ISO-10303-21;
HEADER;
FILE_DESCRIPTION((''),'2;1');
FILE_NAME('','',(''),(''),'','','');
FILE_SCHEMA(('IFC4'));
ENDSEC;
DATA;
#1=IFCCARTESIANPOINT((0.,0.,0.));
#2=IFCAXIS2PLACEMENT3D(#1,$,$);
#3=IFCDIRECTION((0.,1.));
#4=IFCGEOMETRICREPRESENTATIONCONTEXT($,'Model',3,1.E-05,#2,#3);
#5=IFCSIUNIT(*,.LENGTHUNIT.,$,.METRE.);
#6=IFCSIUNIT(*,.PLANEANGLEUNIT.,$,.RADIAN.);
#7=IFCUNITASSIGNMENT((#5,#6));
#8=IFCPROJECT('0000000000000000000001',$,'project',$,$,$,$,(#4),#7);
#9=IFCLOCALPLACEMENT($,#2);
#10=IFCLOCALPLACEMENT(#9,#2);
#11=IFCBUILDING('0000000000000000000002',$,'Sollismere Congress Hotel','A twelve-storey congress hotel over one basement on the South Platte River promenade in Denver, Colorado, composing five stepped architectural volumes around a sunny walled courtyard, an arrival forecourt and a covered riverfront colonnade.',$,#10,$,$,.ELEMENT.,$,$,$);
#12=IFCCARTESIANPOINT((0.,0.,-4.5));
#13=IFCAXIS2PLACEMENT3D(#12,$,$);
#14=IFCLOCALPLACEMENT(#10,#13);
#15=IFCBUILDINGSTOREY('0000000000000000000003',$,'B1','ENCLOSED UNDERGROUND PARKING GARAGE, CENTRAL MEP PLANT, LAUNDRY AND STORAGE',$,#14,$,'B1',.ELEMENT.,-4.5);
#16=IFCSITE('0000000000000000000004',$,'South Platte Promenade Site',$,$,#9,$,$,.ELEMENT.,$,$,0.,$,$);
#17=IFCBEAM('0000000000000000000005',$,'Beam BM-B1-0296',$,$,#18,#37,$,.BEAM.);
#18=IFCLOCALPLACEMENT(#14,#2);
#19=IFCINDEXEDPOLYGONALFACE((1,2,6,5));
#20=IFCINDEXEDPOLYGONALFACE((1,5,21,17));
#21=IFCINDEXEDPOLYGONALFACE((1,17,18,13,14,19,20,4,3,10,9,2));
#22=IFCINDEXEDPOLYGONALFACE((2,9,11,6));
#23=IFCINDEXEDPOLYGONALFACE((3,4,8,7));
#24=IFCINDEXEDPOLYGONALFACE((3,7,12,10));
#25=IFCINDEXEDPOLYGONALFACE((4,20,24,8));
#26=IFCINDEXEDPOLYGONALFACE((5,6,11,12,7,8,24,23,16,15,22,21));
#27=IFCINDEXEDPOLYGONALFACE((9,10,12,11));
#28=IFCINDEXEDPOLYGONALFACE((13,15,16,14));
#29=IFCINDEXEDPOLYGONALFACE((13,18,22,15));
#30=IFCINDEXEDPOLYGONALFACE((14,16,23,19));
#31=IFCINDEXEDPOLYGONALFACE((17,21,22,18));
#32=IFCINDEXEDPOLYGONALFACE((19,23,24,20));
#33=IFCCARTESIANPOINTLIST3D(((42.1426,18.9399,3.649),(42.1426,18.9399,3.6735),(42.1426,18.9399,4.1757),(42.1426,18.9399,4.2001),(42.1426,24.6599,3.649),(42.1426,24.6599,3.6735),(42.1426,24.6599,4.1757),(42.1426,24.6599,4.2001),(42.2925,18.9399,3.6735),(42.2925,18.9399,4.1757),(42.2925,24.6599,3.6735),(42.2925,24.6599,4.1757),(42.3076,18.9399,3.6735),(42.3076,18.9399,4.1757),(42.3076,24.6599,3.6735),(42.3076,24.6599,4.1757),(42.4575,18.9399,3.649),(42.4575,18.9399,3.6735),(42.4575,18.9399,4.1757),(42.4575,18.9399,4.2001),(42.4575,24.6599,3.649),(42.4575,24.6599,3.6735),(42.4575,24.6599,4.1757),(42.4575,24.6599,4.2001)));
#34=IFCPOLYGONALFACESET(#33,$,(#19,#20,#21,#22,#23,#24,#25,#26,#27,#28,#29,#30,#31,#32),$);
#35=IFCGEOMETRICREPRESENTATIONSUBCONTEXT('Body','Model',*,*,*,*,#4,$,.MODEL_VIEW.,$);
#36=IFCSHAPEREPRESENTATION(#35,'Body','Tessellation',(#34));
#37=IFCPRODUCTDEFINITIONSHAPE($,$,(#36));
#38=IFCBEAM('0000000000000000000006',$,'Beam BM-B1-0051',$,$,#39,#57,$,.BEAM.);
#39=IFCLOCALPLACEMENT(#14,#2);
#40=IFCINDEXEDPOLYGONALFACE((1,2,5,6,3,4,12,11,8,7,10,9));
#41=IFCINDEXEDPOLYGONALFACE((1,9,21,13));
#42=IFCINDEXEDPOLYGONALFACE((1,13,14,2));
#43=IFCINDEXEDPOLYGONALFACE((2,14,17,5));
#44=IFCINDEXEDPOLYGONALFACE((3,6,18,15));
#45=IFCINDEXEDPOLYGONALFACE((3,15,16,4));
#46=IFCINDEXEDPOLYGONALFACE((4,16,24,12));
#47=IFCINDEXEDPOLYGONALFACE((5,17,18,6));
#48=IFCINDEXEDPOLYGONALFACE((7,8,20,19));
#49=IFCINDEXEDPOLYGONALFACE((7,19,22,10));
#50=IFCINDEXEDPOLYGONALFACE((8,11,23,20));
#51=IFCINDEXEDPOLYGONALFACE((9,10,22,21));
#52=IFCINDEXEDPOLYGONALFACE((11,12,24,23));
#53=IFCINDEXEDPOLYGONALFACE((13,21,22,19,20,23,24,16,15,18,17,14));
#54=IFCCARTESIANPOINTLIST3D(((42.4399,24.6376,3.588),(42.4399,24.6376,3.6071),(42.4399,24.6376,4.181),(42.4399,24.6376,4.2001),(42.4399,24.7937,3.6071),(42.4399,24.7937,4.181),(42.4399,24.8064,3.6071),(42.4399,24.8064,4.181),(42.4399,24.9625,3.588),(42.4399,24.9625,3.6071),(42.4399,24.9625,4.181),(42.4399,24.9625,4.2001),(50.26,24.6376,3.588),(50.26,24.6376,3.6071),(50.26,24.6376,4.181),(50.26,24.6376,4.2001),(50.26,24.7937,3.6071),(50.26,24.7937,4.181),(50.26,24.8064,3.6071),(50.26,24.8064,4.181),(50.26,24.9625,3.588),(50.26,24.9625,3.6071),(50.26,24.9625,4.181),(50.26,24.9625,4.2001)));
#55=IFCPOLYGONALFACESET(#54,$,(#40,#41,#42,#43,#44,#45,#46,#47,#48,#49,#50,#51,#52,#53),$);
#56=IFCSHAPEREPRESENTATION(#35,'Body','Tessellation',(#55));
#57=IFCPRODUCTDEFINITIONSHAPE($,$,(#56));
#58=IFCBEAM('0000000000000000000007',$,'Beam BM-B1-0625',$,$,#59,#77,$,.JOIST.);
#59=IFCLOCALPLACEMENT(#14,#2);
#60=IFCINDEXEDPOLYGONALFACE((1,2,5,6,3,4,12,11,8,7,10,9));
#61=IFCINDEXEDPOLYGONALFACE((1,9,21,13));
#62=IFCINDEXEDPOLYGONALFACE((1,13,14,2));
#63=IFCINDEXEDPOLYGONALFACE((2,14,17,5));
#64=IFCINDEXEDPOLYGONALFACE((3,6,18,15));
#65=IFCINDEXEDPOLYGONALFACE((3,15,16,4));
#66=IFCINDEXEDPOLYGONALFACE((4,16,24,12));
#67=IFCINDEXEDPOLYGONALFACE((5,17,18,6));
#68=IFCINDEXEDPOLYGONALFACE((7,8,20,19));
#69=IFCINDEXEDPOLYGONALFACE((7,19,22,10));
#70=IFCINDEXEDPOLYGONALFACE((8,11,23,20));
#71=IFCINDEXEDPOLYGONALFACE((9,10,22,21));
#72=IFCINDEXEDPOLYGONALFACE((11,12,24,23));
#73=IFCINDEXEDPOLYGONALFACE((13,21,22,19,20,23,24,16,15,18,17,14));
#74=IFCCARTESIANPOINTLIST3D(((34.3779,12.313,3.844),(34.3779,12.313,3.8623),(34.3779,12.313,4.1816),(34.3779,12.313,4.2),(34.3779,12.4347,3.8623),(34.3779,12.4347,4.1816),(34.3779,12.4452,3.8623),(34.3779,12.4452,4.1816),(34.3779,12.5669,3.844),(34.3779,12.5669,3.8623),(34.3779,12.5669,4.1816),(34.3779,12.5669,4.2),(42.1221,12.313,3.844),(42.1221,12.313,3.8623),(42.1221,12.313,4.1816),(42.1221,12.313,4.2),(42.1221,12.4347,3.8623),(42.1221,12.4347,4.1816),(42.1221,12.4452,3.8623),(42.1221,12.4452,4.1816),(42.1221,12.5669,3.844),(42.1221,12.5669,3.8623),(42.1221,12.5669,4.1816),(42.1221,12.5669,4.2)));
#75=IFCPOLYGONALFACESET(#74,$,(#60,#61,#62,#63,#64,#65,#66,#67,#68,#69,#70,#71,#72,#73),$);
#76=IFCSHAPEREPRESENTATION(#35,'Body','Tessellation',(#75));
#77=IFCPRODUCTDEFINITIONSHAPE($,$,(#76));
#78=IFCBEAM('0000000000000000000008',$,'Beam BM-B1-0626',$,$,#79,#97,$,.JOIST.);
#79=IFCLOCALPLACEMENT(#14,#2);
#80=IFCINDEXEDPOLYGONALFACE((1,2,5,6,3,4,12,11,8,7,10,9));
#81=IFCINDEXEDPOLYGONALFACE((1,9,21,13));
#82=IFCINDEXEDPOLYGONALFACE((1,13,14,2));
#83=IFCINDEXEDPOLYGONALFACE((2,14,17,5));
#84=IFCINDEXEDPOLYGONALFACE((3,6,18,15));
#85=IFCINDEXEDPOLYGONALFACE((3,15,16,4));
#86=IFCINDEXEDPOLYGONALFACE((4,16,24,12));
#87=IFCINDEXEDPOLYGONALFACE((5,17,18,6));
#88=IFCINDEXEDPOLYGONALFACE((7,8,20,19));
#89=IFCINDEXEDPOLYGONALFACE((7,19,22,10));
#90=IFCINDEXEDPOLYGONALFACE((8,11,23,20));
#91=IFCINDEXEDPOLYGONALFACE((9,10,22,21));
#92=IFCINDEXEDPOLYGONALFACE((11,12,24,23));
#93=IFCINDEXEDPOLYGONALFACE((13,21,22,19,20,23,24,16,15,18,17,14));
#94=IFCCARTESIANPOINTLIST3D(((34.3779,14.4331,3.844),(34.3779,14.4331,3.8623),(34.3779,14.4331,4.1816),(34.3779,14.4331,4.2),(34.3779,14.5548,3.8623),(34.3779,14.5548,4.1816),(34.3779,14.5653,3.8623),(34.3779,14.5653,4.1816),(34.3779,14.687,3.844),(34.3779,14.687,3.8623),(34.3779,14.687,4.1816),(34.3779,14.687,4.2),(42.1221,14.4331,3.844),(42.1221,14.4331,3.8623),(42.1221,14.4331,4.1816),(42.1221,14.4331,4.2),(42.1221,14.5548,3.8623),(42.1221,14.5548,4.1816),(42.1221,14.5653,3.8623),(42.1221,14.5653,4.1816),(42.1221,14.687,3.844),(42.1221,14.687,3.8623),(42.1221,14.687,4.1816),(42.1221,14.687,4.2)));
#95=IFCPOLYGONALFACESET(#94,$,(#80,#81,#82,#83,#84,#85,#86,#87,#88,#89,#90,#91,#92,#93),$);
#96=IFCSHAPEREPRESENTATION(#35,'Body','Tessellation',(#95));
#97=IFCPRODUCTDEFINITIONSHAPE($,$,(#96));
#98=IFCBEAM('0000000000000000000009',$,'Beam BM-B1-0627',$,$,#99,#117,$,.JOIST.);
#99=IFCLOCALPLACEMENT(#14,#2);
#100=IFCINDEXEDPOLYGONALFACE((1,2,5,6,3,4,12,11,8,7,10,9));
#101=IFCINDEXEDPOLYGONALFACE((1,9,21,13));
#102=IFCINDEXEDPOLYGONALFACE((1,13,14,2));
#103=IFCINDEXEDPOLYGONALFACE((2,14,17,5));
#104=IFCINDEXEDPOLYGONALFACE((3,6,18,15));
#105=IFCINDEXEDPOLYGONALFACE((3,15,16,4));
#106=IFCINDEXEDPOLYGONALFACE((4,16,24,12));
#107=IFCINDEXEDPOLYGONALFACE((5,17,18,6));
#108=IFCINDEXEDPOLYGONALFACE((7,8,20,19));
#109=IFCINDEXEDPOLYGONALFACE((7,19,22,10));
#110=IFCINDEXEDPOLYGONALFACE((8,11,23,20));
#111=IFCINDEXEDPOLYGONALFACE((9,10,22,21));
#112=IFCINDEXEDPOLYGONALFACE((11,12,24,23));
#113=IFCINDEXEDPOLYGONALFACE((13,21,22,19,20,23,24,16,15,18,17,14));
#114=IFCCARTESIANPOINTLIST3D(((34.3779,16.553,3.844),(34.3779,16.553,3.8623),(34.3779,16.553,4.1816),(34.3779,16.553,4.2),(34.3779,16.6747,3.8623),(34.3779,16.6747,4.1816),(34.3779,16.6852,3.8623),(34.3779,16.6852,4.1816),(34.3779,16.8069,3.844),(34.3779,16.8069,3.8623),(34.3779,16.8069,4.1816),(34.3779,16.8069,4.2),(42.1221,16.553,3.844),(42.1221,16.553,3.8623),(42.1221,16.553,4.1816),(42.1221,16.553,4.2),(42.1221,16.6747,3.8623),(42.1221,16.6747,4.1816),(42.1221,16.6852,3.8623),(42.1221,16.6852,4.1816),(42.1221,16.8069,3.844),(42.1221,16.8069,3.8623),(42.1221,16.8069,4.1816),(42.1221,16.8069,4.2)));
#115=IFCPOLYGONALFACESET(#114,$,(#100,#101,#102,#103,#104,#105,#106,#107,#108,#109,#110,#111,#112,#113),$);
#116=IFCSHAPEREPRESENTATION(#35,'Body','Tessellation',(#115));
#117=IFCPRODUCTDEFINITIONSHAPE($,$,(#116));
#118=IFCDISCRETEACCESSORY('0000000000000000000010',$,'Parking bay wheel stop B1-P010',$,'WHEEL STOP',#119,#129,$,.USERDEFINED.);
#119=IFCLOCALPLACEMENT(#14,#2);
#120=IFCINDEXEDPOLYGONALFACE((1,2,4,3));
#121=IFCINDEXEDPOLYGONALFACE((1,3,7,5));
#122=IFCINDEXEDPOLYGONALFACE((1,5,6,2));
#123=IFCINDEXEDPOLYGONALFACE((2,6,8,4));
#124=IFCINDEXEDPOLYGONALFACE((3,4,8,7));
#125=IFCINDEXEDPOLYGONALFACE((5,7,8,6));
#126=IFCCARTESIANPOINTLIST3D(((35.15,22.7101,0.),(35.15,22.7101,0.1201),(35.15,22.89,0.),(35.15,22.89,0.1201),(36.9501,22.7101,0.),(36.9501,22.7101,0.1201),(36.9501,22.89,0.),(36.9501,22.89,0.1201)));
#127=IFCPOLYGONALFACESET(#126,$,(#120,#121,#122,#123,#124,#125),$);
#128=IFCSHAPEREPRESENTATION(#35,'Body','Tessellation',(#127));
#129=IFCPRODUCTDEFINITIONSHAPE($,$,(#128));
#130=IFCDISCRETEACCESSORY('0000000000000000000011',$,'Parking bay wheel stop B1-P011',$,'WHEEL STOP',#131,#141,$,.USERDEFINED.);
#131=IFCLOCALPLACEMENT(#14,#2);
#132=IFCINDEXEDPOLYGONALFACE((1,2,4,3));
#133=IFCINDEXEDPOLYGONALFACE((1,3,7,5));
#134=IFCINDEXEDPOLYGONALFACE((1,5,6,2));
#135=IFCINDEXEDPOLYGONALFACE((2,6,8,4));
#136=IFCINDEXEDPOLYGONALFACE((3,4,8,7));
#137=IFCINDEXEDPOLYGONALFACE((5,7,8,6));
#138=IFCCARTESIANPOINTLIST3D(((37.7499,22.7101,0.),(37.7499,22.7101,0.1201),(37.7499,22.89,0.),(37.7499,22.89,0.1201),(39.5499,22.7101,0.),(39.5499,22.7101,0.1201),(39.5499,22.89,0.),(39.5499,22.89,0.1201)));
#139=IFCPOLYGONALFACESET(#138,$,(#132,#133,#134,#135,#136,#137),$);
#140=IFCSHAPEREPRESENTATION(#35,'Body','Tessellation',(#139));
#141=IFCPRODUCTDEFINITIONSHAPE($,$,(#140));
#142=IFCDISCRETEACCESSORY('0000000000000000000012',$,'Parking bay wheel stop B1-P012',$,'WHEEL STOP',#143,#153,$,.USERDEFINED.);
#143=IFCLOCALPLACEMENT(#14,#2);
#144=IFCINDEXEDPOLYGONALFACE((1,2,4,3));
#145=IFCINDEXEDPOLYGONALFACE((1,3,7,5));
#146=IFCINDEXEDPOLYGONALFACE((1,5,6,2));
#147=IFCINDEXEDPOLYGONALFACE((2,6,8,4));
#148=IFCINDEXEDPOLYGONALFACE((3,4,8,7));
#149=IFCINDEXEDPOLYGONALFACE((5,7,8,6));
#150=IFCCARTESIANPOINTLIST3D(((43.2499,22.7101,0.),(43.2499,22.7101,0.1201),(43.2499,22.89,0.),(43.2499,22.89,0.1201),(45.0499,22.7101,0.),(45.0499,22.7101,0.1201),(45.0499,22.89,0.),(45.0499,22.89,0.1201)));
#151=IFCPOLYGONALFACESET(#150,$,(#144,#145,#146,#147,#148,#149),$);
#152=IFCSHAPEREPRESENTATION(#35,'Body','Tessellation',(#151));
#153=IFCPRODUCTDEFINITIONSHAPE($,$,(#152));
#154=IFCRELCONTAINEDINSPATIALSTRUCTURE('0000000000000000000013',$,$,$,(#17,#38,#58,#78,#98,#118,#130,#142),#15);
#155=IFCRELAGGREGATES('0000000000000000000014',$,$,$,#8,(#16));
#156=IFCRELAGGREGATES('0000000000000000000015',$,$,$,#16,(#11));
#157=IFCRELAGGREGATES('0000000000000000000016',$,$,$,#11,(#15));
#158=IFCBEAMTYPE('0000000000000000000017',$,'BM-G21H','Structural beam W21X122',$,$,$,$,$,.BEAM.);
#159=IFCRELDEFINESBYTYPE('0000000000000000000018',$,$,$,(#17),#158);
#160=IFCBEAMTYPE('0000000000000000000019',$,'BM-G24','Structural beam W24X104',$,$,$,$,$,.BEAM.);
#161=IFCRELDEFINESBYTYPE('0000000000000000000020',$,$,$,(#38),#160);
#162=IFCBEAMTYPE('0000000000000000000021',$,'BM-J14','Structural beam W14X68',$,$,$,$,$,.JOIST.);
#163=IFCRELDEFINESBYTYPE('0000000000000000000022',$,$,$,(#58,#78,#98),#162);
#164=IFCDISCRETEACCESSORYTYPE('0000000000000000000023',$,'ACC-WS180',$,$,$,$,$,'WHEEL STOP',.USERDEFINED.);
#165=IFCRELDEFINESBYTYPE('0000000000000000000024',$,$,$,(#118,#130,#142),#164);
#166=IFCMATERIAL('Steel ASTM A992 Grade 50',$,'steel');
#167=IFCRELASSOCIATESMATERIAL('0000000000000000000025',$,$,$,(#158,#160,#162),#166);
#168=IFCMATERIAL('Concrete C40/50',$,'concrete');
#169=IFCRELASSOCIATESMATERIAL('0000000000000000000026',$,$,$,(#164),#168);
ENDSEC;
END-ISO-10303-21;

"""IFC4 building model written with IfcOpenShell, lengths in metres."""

from ifc_helpers import new_model, si_unit, direction, frame, origin, origin_2d, place, context, subcontext, project, spatial, rectangle, i_section, extrude, material, material_profile, profile_set, type_object, element, save


model = new_model("IFC4")

# Units and contexts
model_context = context("Model", 3, precision=1e-05, world=origin(), true_north=direction((0.0, 1.0)))
body_context = subcontext(model_context, "Body", "Model", "MODEL_VIEW")
ifc_project = project(units=[si_unit("LENGTHUNIT", "METRE"), si_unit("PLANEANGLEUNIT", "RADIAN")], contexts=[model_context])

# Site, building, storey
site_placement = place(None, origin())
site = spatial("IfcSite", under=ifc_project, at=site_placement, Name="South Platte Promenade Site", CompositionType="ELEMENT", RefElevation=0.0)
building_placement = place(site_placement, origin())
building = spatial("IfcBuilding", under=site, at=building_placement, Name="Sollismere Congress Hotel", Description="A twelve-storey congress hotel over one basement on the South Platte River promenade in Denver, Colorado, composing five stepped architectural volumes around a sunny walled courtyard, an arrival forecourt and a covered riverfront colonnade.", CompositionType="ELEMENT")
storey_placement = place(building_placement, frame((0.0, 0.0, -4.5)))
storey = spatial("IfcBuildingStorey", under=building, at=storey_placement, Name="B1", Description="ENCLOSED UNDERGROUND PARKING GARAGE, CENTRAL MEP PLANT, LAUNDRY AND STORAGE", LongName="B1", CompositionType="ELEMENT", Elevation=-4.5)

# Shared definitions
ifc_material_1 = material(Name="Concrete C40/50", Category="concrete")

# Beams
ifc_material_2 = material(Name="Steel ASTM A992 Grade 50", Category="steel")
ifc_material_profile_1 = material_profile(ifc_material_2, i_section(OverallWidth=0.3149, OverallDepth=0.551, WebThickness=0.0151, FlangeThickness=0.0244, at=origin_2d()), Name="W21X122")
ifc_profile_set_1 = profile_set([ifc_material_profile_1], Name="Steel ASTM A992 Grade 50")
beam_type_1 = type_object("IfcBeamType", Name="BM-G21H", Description="Structural beam W21X122", PredefinedType="BEAM", material=ifc_profile_set_1)
beam_1_placement = place(storey_placement, frame((42.3, 18.9399, 3.9246), z_axis=(0.0, 1.0, 0.0), x_axis=(-1.0, 0.0, 0.0)))
element("IfcBeam", 1, at=beam_1_placement, inside=storey, type_object=beam_type_1, Name="Beam BM-B1-0296", PredefinedType="BEAM", context=body_context, shape_type="SweptSolid", body=[
    extrude(i_section(OverallWidth=0.3149, OverallDepth=0.551, WebThickness=0.0151, FlangeThickness=0.0244, at=origin_2d()), origin(), (0.0, 0.0, 1.0), 5.72),
])
ifc_material_profile_2 = material_profile(ifc_material_2, i_section(OverallWidth=0.325, OverallDepth=0.6121, WebThickness=0.0127, FlangeThickness=0.019, at=origin_2d()), Name="W24X104")
ifc_profile_set_2 = profile_set([ifc_material_profile_2], Name="Steel ASTM A992 Grade 50")
beam_type_2 = type_object("IfcBeamType", Name="BM-G24", Description="Structural beam W24X104", PredefinedType="BEAM", material=ifc_profile_set_2)
beam_2_placement = place(storey_placement, frame((42.4399, 24.8, 3.894), z_axis=(1.0, 0.0, 0.0), x_axis=(0.0, 1.0, 0.0)))
element("IfcBeam", 2, at=beam_2_placement, inside=storey, type_object=beam_type_2, Name="Beam BM-B1-0051", PredefinedType="BEAM", context=body_context, shape_type="SweptSolid", body=[
    extrude(i_section(OverallWidth=0.325, OverallDepth=0.6121, WebThickness=0.0127, FlangeThickness=0.019, at=origin_2d()), origin(), (0.0, 0.0, 1.0), 7.8201),
])
ifc_material_profile_3 = material_profile(ifc_material_2, i_section(OverallWidth=0.2539, OverallDepth=0.356, WebThickness=0.0105, FlangeThickness=0.0183, at=origin_2d()), Name="W14X68")
ifc_profile_set_3 = profile_set([ifc_material_profile_3], Name="Steel ASTM A992 Grade 50")
beam_type_3 = type_object("IfcBeamType", Name="BM-J14", Description="Structural beam W14X68", PredefinedType="JOIST", material=ifc_profile_set_3)
for number, where, z_axis, x_axis, name in (
    (3, (34.3779, 12.4399, 4.022), (1.0, 0.0, 0.0), (0.0, 1.0, 0.0), "Beam BM-B1-0625"),
    (4, (34.3779, 14.5601, 4.022), (1.0, 0.0, 0.0), (0.0, 1.0, 0.0), "Beam BM-B1-0626"),
    (5, (34.3779, 16.6799, 4.022), (1.0, 0.0, 0.0), (0.0, 1.0, 0.0), "Beam BM-B1-0627"),
):
    element("IfcBeam", number, at=place(storey_placement, frame(where, z_axis=z_axis, x_axis=x_axis)), inside=storey, type_object=beam_type_3, Name=name, PredefinedType="JOIST", context=body_context, shape_type="SweptSolid", body=[
        extrude(i_section(OverallWidth=0.2539, OverallDepth=0.356, WebThickness=0.0105, FlangeThickness=0.0183, at=origin_2d()), origin(), (0.0, 0.0, 1.0), 7.7441),
    ])

# Discrete accessories
discrete_accessory_type = type_object("IfcDiscreteAccessoryType", Name="ACC-WS180", ElementType="WHEEL STOP", PredefinedType="USERDEFINED", material=ifc_material_1)
for number, where, z_axis, x_axis, name in (
    (6, (36.05, 22.8, 0.0), (0.0, 0.0, 1.0), (1.0, 0.0, 0.0), "Parking bay wheel stop B1-P010"),
    (7, (38.6499, 22.8, 0.0), (0.0, 0.0, 1.0), (1.0, 0.0, 0.0), "Parking bay wheel stop B1-P011"),
    (8, (44.1499, 22.8, 0.0), (0.0, 0.0, 1.0), (1.0, 0.0, 0.0), "Parking bay wheel stop B1-P012"),
):
    element("IfcDiscreteAccessory", number, at=place(storey_placement, frame(where, z_axis=z_axis, x_axis=x_axis)), inside=storey, type_object=discrete_accessory_type, Name=name, ObjectType="WHEEL STOP", PredefinedType="USERDEFINED", context=body_context, shape_type="SweptSolid", body=[
        extrude(rectangle(XDim=1.8, YDim=0.1799, at=origin_2d()), origin(), (0.0, 0.0, 1.0), 0.1201),
    ])

save(model, "model.ifc")
